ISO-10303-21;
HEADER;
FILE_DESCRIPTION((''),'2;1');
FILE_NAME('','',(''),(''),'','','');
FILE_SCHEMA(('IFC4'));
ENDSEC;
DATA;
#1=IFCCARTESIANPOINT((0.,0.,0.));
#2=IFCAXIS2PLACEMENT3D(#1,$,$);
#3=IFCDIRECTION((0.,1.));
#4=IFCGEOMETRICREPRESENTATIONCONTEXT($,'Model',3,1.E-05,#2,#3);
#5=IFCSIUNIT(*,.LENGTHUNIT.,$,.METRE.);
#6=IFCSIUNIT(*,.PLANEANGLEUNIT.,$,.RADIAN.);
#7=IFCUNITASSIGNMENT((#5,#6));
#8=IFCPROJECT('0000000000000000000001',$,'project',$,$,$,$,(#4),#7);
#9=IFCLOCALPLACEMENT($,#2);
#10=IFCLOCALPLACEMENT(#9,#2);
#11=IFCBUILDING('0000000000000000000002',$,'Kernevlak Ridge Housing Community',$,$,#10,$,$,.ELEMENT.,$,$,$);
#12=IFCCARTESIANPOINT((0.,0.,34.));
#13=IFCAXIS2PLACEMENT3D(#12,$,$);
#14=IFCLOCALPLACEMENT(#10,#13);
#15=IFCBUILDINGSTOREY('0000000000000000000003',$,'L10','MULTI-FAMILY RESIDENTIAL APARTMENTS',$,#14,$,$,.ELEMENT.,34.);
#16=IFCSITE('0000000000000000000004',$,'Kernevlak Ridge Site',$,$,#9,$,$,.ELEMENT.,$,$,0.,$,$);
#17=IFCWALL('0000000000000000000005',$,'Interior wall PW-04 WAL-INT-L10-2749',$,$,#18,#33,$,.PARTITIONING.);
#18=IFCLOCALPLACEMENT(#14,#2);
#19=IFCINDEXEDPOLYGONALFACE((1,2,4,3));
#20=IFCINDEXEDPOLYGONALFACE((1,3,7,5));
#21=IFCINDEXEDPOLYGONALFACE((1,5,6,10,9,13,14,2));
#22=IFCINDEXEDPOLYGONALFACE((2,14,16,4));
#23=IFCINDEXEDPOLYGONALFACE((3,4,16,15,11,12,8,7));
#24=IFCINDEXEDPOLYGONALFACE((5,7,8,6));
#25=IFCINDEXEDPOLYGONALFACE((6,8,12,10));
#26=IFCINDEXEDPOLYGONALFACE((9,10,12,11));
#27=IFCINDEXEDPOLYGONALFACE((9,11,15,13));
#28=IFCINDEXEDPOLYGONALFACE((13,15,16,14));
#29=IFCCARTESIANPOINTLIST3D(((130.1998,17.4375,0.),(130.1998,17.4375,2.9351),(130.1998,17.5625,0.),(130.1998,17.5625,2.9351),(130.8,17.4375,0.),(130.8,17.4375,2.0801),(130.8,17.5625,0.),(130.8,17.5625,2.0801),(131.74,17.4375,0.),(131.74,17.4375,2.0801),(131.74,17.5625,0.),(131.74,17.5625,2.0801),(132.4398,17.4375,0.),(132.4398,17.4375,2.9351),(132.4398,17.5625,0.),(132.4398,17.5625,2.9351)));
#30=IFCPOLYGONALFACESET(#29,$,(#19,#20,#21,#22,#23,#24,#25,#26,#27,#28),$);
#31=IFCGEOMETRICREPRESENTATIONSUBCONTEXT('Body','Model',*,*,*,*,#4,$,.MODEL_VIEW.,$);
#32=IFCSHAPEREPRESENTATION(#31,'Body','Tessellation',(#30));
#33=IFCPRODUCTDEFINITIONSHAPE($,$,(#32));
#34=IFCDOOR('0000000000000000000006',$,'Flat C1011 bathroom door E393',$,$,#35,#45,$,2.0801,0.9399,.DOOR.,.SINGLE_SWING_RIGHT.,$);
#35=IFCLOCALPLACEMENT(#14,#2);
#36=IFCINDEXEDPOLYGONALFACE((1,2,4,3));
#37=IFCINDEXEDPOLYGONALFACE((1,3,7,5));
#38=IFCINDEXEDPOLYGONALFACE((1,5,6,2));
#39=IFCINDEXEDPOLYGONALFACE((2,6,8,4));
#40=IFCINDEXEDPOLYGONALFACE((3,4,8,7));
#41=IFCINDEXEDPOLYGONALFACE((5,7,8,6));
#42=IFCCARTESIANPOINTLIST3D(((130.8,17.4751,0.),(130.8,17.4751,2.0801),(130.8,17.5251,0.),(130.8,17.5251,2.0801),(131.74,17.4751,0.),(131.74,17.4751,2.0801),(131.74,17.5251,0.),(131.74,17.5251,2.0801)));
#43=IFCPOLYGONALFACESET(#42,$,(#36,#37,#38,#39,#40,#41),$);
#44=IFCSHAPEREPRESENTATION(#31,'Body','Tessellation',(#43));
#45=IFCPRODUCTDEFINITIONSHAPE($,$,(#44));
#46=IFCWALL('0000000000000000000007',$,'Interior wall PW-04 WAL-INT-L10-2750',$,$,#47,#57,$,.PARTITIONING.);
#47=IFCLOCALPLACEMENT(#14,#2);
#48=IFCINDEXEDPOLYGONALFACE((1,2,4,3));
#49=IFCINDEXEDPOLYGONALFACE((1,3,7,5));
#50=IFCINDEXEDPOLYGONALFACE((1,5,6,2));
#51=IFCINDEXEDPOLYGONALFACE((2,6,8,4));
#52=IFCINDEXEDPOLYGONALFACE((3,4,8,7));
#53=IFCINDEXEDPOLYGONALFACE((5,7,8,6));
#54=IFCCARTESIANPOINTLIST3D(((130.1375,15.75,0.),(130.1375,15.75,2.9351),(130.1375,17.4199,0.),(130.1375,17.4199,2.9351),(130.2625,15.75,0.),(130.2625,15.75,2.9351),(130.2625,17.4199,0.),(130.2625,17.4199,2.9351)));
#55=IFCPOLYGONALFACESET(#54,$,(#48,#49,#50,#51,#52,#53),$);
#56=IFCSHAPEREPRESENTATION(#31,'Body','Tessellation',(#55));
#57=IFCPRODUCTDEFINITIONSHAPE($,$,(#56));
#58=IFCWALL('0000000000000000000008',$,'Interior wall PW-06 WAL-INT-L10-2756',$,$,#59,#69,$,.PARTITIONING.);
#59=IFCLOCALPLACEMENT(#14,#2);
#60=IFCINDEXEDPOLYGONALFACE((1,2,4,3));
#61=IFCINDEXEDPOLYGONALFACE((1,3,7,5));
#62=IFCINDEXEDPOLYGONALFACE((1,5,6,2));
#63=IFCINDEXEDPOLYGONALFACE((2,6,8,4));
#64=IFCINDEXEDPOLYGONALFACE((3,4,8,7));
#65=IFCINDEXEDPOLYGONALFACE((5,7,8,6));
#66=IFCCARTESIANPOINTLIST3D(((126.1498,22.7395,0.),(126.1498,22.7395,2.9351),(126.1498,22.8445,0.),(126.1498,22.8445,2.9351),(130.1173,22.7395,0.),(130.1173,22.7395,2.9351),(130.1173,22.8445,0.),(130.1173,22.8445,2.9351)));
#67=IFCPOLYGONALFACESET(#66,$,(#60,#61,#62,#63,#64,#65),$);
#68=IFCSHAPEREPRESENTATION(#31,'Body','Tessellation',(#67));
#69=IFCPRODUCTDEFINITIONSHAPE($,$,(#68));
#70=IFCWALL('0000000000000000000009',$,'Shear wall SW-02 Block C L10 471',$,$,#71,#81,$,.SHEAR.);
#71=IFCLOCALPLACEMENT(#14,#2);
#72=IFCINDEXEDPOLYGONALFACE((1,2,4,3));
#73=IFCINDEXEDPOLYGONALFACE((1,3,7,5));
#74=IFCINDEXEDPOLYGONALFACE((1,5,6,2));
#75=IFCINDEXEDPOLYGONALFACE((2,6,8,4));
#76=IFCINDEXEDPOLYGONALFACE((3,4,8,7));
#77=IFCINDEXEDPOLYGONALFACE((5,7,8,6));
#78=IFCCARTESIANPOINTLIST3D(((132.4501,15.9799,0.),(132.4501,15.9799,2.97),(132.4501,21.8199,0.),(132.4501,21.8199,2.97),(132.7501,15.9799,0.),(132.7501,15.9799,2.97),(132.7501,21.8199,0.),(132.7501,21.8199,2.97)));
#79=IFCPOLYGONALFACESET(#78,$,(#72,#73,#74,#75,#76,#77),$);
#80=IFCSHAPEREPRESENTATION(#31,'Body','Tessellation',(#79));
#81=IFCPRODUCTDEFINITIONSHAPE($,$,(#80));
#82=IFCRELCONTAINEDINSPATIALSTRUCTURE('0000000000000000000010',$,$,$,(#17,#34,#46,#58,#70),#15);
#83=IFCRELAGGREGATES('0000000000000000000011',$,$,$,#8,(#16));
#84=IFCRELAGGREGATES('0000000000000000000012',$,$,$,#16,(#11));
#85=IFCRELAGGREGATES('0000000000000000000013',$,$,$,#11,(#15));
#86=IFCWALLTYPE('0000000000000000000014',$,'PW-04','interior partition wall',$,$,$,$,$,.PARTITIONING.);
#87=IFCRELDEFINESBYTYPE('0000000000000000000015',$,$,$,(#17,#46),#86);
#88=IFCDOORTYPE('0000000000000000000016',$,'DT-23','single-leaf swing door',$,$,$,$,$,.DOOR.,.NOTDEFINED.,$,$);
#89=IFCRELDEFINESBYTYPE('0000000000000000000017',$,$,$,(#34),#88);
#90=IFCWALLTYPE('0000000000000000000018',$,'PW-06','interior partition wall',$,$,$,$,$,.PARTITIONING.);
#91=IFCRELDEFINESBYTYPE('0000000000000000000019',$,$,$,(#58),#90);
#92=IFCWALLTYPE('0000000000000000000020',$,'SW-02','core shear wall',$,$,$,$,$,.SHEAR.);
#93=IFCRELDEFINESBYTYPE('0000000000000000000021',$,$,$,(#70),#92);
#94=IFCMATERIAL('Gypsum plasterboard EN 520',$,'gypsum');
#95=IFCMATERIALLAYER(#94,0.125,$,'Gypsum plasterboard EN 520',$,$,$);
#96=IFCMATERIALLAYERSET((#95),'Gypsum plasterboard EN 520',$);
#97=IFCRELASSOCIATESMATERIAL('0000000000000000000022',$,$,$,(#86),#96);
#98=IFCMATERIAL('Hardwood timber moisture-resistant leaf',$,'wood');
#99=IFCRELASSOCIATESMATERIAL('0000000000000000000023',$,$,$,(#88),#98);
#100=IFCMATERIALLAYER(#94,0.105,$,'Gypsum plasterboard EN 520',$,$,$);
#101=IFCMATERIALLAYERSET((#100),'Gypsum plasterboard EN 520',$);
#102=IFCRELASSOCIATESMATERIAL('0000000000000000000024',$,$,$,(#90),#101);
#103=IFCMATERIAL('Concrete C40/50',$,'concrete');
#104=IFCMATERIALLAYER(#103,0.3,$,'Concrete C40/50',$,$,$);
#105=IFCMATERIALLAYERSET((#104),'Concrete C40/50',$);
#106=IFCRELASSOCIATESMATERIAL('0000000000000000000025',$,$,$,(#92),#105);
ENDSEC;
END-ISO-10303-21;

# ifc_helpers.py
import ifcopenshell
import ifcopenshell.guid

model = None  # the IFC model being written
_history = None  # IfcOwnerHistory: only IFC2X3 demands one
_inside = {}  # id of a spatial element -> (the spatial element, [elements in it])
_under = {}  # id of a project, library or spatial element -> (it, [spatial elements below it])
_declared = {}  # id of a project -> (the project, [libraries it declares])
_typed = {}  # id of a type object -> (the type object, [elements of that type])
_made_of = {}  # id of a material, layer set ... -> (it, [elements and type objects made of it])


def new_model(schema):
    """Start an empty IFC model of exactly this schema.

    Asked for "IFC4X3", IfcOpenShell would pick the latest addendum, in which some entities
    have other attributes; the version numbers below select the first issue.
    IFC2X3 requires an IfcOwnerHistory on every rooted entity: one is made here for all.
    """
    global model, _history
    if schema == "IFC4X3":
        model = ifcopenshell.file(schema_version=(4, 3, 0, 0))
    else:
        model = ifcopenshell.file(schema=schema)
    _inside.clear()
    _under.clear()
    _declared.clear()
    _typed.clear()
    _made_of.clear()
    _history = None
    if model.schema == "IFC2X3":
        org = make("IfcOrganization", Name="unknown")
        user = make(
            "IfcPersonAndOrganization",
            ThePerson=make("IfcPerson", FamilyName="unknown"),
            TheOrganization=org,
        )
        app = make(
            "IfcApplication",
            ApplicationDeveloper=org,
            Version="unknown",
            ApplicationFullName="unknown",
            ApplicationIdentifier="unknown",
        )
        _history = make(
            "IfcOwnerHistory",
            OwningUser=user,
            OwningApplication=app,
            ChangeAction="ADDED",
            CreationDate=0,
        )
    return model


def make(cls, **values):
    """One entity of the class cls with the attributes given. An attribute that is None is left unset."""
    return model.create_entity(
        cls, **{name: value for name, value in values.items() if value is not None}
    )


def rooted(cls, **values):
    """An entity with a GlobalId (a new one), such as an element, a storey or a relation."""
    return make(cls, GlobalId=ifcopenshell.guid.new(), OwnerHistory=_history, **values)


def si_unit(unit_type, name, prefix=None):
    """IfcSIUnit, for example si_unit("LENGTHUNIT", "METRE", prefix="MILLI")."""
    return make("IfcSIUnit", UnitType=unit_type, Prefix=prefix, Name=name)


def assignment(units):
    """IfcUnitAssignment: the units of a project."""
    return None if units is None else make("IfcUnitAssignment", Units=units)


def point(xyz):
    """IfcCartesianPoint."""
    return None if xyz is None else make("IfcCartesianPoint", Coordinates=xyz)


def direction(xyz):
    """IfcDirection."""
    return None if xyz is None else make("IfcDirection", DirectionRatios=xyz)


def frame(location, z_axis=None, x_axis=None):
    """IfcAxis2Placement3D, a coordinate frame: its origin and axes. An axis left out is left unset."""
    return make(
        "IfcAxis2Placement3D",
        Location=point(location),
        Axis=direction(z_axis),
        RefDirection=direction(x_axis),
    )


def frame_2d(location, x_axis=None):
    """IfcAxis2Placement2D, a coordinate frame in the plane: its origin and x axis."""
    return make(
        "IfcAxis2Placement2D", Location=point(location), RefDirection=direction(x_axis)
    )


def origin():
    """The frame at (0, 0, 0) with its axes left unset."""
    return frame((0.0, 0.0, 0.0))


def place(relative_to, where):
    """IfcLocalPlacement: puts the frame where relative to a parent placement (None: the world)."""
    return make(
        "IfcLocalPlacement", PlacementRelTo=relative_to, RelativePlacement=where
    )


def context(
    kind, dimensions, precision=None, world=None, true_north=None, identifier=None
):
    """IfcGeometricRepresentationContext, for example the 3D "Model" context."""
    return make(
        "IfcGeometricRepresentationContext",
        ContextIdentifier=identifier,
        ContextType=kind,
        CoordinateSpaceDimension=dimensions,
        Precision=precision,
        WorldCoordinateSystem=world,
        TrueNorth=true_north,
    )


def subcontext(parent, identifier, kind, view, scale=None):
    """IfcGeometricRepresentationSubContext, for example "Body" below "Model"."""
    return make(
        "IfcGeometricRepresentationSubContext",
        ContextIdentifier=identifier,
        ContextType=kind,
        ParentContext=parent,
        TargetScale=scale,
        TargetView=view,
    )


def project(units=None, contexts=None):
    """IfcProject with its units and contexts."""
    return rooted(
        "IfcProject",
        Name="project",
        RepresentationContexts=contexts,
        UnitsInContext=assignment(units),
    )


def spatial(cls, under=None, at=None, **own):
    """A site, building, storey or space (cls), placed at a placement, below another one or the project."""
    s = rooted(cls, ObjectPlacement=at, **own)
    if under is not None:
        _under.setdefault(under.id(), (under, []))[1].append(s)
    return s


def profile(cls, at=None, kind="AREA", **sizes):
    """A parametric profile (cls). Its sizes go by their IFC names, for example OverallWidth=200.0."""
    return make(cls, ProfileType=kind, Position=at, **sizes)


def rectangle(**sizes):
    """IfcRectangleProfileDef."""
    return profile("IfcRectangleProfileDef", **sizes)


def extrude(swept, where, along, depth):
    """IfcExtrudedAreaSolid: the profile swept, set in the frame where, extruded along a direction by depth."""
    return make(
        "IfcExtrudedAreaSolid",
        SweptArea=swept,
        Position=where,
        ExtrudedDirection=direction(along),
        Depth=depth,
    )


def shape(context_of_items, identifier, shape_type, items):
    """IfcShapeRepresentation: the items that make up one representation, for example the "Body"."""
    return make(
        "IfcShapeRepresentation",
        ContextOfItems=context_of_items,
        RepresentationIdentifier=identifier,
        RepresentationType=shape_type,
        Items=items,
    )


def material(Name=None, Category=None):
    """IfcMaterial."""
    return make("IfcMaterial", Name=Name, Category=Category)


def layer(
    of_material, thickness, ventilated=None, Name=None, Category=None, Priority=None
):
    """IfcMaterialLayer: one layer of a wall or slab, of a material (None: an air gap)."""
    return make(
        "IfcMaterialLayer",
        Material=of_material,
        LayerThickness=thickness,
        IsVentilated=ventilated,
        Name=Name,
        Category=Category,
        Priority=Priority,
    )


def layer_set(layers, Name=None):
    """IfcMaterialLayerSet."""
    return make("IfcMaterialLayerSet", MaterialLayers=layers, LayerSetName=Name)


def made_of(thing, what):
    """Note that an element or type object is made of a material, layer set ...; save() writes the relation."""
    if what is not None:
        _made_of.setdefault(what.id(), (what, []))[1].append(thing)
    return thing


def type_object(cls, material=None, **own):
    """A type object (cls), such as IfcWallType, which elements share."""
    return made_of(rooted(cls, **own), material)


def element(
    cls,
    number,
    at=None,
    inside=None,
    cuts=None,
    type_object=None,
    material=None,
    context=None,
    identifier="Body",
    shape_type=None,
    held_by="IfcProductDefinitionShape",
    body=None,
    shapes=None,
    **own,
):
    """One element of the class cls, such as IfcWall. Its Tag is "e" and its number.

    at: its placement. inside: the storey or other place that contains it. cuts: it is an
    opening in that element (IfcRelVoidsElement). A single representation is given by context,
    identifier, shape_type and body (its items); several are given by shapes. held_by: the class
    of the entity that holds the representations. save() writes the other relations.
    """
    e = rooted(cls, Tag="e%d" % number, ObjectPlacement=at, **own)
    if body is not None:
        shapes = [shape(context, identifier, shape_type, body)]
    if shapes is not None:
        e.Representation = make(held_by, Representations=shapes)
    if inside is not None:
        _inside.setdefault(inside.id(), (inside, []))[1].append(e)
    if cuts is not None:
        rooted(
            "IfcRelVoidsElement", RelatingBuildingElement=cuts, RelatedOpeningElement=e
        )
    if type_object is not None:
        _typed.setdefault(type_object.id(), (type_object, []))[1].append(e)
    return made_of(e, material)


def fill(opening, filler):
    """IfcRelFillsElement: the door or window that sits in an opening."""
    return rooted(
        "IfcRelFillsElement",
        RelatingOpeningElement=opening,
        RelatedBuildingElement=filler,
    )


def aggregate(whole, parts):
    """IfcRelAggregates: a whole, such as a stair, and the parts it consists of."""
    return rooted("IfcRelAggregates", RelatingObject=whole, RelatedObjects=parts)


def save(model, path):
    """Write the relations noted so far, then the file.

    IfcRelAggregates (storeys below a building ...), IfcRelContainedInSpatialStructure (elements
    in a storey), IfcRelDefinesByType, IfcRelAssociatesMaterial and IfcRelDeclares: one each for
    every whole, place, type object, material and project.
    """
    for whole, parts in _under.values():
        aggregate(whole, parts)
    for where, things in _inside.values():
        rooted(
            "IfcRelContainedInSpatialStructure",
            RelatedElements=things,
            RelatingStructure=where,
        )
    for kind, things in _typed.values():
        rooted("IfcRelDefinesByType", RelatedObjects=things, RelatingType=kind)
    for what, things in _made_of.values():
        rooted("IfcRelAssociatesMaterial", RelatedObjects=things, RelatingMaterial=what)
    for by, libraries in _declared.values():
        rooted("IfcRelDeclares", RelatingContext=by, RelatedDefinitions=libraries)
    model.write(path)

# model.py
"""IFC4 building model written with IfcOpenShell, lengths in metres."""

from ifc_helpers import new_model, si_unit, direction, frame, frame_2d, origin, place, context, subcontext, project, spatial, rectangle, extrude, material, layer, layer_set, type_object, element, fill, save


model = new_model("IFC4")

# Units and contexts
model_context = context("Model", 3, precision=1e-05, world=origin(), true_north=direction((0.0, 1.0)))
body_context = subcontext(model_context, "Body", "Model", "MODEL_VIEW")
ifc_project = project(units=[si_unit("LENGTHUNIT", "METRE"), si_unit("PLANEANGLEUNIT", "RADIAN")], contexts=[model_context])

# Site, building, storey
site_placement = place(None, origin())
site = spatial("IfcSite", under=ifc_project, at=site_placement, Name="Kernevlak Ridge Site", CompositionType="ELEMENT", RefElevation=0.0)
building_placement = place(site_placement, origin())
building = spatial("IfcBuilding", under=site, at=building_placement, Name="Kernevlak Ridge Housing Community", CompositionType="ELEMENT")
storey_placement = place(building_placement, frame((0.0, 0.0, 34.0)))
storey = spatial("IfcBuildingStorey", under=building, at=storey_placement, Name="L10", Description="MULTI-FAMILY RESIDENTIAL APARTMENTS", CompositionType="ELEMENT", Elevation=34.0)

# Wall, opening, door
ifc_material_1 = material(Name="Gypsum plasterboard EN 520", Category="gypsum")
ifc_layer_1 = layer(ifc_material_1, 0.125, Name="Gypsum plasterboard EN 520")
ifc_layer_set_1 = layer_set([ifc_layer_1], Name="Gypsum plasterboard EN 520")
wall_type_1 = type_object("IfcWallType", Name="PW-04", Description="interior partition wall", PredefinedType="PARTITIONING", material=ifc_layer_set_1)
wall_1_placement = place(storey_placement, frame((132.4399, 17.5, 0.0), z_axis=(0.0, 0.0, 1.0), x_axis=(-1.0, 0.0, 0.0)))
wall_1 = element("IfcWall", 1, at=wall_1_placement, inside=storey, type_object=wall_type_1, Name="Interior wall PW-04 WAL-INT-L10-2749", PredefinedType="PARTITIONING", context=body_context, shape_type="SweptSolid", body=[
    extrude(rectangle(XDim=2.24, YDim=0.125, at=frame_2d((1.1201, 0.0))), origin(), (0.0, 0.0, 1.0), 2.9351),
])
opening_1_placement = place(wall_1_placement, frame((0.7, 0.0, 0.0)))
opening_1 = element("IfcOpeningElement", 2, at=opening_1_placement, cuts=wall_1, PredefinedType="OPENING", context=body_context, shape_type="SweptSolid", body=[
    extrude(rectangle(XDim=0.9399, YDim=2.0801, at=frame_2d((0.47, 1.04))), frame((0.0, 0.0725, 0.0), z_axis=(0.0, -1.0, 0.0), x_axis=(1.0, 0.0, 0.0)), (0.0, 0.0, 1.0), 0.145),
])
ifc_material_2 = material(Name="Hardwood timber moisture-resistant leaf", Category="wood")
door_type_1 = type_object("IfcDoorType", Name="DT-23", Description="single-leaf swing door", OperationType="NOTDEFINED", PredefinedType="DOOR", material=ifc_material_2)
door_1_placement = place(opening_1_placement, origin())
door_1 = element("IfcDoor", 3, at=door_1_placement, inside=storey, type_object=door_type_1, Name="Flat C1011 bathroom door E393", OperationType="SINGLE_SWING_RIGHT", OverallHeight=2.0801, OverallWidth=0.9399, PredefinedType="DOOR", context=body_context, shape_type="SweptSolid", body=[
    extrude(rectangle(XDim=0.9399, YDim=2.0801, at=frame_2d((0.47, 1.04))), frame((0.0, 0.0249, 0.0), z_axis=(0.0, -1.0, 0.0), x_axis=(1.0, 0.0, 0.0)), (0.0, 0.0, 1.0), 0.05),
])
fill(opening_1, door_1)

# Walls
wall_2_placement = place(storey_placement, frame((130.2, 15.75, 0.0), z_axis=(0.0, 0.0, 1.0), x_axis=(0.0, 1.0, 0.0)))
element("IfcWall", 4, at=wall_2_placement, inside=storey, type_object=wall_type_1, Name="Interior wall PW-04 WAL-INT-L10-2750", PredefinedType="PARTITIONING", context=body_context, shape_type="SweptSolid", body=[
    extrude(rectangle(XDim=1.6699, YDim=0.125, at=frame_2d((0.835, 0.0))), origin(), (0.0, 0.0, 1.0), 2.9351),
])
ifc_layer_2 = layer(ifc_material_1, 0.105, Name="Gypsum plasterboard EN 520")
ifc_layer_set_2 = layer_set([ifc_layer_2], Name="Gypsum plasterboard EN 520")
wall_type_2 = type_object("IfcWallType", Name="PW-06", Description="interior partition wall", PredefinedType="PARTITIONING", material=ifc_layer_set_2)
wall_3_placement = place(storey_placement, frame((130.1174, 22.792, 0.0), z_axis=(0.0, 0.0, 1.0), x_axis=(-1.0, 0.0, 0.0)))
element("IfcWall", 5, at=wall_3_placement, inside=storey, type_object=wall_type_2, Name="Interior wall PW-06 WAL-INT-L10-2756", PredefinedType="PARTITIONING", context=body_context, shape_type="SweptSolid", body=[
    extrude(rectangle(XDim=3.9675, YDim=0.105, at=frame_2d((1.9839, 0.0))), origin(), (0.0, 0.0, 1.0), 2.9351),
])
ifc_material_3 = material(Name="Concrete C40/50", Category="concrete")
ifc_layer_3 = layer(ifc_material_3, 0.3, Name="Concrete C40/50")
ifc_layer_set_3 = layer_set([ifc_layer_3], Name="Concrete C40/50")
wall_type_3 = type_object("IfcWallType", Name="SW-02", Description="core shear wall", PredefinedType="SHEAR", material=ifc_layer_set_3)
wall_4_placement = place(storey_placement, frame((132.6001, 15.98, 0.0), z_axis=(0.0, 0.0, 1.0), x_axis=(0.0, 1.0, 0.0)))
element("IfcWall", 6, at=wall_4_placement, inside=storey, type_object=wall_type_3, Name="Shear wall SW-02 Block C L10 471", PredefinedType="SHEAR", context=body_context, shape_type="SweptSolid", body=[
    extrude(rectangle(XDim=5.8401, YDim=0.3, at=frame_2d((2.9199, 0.0))), origin(), (0.0, 0.0, 1.0), 2.97),
])

save(model, "model.ifc")
